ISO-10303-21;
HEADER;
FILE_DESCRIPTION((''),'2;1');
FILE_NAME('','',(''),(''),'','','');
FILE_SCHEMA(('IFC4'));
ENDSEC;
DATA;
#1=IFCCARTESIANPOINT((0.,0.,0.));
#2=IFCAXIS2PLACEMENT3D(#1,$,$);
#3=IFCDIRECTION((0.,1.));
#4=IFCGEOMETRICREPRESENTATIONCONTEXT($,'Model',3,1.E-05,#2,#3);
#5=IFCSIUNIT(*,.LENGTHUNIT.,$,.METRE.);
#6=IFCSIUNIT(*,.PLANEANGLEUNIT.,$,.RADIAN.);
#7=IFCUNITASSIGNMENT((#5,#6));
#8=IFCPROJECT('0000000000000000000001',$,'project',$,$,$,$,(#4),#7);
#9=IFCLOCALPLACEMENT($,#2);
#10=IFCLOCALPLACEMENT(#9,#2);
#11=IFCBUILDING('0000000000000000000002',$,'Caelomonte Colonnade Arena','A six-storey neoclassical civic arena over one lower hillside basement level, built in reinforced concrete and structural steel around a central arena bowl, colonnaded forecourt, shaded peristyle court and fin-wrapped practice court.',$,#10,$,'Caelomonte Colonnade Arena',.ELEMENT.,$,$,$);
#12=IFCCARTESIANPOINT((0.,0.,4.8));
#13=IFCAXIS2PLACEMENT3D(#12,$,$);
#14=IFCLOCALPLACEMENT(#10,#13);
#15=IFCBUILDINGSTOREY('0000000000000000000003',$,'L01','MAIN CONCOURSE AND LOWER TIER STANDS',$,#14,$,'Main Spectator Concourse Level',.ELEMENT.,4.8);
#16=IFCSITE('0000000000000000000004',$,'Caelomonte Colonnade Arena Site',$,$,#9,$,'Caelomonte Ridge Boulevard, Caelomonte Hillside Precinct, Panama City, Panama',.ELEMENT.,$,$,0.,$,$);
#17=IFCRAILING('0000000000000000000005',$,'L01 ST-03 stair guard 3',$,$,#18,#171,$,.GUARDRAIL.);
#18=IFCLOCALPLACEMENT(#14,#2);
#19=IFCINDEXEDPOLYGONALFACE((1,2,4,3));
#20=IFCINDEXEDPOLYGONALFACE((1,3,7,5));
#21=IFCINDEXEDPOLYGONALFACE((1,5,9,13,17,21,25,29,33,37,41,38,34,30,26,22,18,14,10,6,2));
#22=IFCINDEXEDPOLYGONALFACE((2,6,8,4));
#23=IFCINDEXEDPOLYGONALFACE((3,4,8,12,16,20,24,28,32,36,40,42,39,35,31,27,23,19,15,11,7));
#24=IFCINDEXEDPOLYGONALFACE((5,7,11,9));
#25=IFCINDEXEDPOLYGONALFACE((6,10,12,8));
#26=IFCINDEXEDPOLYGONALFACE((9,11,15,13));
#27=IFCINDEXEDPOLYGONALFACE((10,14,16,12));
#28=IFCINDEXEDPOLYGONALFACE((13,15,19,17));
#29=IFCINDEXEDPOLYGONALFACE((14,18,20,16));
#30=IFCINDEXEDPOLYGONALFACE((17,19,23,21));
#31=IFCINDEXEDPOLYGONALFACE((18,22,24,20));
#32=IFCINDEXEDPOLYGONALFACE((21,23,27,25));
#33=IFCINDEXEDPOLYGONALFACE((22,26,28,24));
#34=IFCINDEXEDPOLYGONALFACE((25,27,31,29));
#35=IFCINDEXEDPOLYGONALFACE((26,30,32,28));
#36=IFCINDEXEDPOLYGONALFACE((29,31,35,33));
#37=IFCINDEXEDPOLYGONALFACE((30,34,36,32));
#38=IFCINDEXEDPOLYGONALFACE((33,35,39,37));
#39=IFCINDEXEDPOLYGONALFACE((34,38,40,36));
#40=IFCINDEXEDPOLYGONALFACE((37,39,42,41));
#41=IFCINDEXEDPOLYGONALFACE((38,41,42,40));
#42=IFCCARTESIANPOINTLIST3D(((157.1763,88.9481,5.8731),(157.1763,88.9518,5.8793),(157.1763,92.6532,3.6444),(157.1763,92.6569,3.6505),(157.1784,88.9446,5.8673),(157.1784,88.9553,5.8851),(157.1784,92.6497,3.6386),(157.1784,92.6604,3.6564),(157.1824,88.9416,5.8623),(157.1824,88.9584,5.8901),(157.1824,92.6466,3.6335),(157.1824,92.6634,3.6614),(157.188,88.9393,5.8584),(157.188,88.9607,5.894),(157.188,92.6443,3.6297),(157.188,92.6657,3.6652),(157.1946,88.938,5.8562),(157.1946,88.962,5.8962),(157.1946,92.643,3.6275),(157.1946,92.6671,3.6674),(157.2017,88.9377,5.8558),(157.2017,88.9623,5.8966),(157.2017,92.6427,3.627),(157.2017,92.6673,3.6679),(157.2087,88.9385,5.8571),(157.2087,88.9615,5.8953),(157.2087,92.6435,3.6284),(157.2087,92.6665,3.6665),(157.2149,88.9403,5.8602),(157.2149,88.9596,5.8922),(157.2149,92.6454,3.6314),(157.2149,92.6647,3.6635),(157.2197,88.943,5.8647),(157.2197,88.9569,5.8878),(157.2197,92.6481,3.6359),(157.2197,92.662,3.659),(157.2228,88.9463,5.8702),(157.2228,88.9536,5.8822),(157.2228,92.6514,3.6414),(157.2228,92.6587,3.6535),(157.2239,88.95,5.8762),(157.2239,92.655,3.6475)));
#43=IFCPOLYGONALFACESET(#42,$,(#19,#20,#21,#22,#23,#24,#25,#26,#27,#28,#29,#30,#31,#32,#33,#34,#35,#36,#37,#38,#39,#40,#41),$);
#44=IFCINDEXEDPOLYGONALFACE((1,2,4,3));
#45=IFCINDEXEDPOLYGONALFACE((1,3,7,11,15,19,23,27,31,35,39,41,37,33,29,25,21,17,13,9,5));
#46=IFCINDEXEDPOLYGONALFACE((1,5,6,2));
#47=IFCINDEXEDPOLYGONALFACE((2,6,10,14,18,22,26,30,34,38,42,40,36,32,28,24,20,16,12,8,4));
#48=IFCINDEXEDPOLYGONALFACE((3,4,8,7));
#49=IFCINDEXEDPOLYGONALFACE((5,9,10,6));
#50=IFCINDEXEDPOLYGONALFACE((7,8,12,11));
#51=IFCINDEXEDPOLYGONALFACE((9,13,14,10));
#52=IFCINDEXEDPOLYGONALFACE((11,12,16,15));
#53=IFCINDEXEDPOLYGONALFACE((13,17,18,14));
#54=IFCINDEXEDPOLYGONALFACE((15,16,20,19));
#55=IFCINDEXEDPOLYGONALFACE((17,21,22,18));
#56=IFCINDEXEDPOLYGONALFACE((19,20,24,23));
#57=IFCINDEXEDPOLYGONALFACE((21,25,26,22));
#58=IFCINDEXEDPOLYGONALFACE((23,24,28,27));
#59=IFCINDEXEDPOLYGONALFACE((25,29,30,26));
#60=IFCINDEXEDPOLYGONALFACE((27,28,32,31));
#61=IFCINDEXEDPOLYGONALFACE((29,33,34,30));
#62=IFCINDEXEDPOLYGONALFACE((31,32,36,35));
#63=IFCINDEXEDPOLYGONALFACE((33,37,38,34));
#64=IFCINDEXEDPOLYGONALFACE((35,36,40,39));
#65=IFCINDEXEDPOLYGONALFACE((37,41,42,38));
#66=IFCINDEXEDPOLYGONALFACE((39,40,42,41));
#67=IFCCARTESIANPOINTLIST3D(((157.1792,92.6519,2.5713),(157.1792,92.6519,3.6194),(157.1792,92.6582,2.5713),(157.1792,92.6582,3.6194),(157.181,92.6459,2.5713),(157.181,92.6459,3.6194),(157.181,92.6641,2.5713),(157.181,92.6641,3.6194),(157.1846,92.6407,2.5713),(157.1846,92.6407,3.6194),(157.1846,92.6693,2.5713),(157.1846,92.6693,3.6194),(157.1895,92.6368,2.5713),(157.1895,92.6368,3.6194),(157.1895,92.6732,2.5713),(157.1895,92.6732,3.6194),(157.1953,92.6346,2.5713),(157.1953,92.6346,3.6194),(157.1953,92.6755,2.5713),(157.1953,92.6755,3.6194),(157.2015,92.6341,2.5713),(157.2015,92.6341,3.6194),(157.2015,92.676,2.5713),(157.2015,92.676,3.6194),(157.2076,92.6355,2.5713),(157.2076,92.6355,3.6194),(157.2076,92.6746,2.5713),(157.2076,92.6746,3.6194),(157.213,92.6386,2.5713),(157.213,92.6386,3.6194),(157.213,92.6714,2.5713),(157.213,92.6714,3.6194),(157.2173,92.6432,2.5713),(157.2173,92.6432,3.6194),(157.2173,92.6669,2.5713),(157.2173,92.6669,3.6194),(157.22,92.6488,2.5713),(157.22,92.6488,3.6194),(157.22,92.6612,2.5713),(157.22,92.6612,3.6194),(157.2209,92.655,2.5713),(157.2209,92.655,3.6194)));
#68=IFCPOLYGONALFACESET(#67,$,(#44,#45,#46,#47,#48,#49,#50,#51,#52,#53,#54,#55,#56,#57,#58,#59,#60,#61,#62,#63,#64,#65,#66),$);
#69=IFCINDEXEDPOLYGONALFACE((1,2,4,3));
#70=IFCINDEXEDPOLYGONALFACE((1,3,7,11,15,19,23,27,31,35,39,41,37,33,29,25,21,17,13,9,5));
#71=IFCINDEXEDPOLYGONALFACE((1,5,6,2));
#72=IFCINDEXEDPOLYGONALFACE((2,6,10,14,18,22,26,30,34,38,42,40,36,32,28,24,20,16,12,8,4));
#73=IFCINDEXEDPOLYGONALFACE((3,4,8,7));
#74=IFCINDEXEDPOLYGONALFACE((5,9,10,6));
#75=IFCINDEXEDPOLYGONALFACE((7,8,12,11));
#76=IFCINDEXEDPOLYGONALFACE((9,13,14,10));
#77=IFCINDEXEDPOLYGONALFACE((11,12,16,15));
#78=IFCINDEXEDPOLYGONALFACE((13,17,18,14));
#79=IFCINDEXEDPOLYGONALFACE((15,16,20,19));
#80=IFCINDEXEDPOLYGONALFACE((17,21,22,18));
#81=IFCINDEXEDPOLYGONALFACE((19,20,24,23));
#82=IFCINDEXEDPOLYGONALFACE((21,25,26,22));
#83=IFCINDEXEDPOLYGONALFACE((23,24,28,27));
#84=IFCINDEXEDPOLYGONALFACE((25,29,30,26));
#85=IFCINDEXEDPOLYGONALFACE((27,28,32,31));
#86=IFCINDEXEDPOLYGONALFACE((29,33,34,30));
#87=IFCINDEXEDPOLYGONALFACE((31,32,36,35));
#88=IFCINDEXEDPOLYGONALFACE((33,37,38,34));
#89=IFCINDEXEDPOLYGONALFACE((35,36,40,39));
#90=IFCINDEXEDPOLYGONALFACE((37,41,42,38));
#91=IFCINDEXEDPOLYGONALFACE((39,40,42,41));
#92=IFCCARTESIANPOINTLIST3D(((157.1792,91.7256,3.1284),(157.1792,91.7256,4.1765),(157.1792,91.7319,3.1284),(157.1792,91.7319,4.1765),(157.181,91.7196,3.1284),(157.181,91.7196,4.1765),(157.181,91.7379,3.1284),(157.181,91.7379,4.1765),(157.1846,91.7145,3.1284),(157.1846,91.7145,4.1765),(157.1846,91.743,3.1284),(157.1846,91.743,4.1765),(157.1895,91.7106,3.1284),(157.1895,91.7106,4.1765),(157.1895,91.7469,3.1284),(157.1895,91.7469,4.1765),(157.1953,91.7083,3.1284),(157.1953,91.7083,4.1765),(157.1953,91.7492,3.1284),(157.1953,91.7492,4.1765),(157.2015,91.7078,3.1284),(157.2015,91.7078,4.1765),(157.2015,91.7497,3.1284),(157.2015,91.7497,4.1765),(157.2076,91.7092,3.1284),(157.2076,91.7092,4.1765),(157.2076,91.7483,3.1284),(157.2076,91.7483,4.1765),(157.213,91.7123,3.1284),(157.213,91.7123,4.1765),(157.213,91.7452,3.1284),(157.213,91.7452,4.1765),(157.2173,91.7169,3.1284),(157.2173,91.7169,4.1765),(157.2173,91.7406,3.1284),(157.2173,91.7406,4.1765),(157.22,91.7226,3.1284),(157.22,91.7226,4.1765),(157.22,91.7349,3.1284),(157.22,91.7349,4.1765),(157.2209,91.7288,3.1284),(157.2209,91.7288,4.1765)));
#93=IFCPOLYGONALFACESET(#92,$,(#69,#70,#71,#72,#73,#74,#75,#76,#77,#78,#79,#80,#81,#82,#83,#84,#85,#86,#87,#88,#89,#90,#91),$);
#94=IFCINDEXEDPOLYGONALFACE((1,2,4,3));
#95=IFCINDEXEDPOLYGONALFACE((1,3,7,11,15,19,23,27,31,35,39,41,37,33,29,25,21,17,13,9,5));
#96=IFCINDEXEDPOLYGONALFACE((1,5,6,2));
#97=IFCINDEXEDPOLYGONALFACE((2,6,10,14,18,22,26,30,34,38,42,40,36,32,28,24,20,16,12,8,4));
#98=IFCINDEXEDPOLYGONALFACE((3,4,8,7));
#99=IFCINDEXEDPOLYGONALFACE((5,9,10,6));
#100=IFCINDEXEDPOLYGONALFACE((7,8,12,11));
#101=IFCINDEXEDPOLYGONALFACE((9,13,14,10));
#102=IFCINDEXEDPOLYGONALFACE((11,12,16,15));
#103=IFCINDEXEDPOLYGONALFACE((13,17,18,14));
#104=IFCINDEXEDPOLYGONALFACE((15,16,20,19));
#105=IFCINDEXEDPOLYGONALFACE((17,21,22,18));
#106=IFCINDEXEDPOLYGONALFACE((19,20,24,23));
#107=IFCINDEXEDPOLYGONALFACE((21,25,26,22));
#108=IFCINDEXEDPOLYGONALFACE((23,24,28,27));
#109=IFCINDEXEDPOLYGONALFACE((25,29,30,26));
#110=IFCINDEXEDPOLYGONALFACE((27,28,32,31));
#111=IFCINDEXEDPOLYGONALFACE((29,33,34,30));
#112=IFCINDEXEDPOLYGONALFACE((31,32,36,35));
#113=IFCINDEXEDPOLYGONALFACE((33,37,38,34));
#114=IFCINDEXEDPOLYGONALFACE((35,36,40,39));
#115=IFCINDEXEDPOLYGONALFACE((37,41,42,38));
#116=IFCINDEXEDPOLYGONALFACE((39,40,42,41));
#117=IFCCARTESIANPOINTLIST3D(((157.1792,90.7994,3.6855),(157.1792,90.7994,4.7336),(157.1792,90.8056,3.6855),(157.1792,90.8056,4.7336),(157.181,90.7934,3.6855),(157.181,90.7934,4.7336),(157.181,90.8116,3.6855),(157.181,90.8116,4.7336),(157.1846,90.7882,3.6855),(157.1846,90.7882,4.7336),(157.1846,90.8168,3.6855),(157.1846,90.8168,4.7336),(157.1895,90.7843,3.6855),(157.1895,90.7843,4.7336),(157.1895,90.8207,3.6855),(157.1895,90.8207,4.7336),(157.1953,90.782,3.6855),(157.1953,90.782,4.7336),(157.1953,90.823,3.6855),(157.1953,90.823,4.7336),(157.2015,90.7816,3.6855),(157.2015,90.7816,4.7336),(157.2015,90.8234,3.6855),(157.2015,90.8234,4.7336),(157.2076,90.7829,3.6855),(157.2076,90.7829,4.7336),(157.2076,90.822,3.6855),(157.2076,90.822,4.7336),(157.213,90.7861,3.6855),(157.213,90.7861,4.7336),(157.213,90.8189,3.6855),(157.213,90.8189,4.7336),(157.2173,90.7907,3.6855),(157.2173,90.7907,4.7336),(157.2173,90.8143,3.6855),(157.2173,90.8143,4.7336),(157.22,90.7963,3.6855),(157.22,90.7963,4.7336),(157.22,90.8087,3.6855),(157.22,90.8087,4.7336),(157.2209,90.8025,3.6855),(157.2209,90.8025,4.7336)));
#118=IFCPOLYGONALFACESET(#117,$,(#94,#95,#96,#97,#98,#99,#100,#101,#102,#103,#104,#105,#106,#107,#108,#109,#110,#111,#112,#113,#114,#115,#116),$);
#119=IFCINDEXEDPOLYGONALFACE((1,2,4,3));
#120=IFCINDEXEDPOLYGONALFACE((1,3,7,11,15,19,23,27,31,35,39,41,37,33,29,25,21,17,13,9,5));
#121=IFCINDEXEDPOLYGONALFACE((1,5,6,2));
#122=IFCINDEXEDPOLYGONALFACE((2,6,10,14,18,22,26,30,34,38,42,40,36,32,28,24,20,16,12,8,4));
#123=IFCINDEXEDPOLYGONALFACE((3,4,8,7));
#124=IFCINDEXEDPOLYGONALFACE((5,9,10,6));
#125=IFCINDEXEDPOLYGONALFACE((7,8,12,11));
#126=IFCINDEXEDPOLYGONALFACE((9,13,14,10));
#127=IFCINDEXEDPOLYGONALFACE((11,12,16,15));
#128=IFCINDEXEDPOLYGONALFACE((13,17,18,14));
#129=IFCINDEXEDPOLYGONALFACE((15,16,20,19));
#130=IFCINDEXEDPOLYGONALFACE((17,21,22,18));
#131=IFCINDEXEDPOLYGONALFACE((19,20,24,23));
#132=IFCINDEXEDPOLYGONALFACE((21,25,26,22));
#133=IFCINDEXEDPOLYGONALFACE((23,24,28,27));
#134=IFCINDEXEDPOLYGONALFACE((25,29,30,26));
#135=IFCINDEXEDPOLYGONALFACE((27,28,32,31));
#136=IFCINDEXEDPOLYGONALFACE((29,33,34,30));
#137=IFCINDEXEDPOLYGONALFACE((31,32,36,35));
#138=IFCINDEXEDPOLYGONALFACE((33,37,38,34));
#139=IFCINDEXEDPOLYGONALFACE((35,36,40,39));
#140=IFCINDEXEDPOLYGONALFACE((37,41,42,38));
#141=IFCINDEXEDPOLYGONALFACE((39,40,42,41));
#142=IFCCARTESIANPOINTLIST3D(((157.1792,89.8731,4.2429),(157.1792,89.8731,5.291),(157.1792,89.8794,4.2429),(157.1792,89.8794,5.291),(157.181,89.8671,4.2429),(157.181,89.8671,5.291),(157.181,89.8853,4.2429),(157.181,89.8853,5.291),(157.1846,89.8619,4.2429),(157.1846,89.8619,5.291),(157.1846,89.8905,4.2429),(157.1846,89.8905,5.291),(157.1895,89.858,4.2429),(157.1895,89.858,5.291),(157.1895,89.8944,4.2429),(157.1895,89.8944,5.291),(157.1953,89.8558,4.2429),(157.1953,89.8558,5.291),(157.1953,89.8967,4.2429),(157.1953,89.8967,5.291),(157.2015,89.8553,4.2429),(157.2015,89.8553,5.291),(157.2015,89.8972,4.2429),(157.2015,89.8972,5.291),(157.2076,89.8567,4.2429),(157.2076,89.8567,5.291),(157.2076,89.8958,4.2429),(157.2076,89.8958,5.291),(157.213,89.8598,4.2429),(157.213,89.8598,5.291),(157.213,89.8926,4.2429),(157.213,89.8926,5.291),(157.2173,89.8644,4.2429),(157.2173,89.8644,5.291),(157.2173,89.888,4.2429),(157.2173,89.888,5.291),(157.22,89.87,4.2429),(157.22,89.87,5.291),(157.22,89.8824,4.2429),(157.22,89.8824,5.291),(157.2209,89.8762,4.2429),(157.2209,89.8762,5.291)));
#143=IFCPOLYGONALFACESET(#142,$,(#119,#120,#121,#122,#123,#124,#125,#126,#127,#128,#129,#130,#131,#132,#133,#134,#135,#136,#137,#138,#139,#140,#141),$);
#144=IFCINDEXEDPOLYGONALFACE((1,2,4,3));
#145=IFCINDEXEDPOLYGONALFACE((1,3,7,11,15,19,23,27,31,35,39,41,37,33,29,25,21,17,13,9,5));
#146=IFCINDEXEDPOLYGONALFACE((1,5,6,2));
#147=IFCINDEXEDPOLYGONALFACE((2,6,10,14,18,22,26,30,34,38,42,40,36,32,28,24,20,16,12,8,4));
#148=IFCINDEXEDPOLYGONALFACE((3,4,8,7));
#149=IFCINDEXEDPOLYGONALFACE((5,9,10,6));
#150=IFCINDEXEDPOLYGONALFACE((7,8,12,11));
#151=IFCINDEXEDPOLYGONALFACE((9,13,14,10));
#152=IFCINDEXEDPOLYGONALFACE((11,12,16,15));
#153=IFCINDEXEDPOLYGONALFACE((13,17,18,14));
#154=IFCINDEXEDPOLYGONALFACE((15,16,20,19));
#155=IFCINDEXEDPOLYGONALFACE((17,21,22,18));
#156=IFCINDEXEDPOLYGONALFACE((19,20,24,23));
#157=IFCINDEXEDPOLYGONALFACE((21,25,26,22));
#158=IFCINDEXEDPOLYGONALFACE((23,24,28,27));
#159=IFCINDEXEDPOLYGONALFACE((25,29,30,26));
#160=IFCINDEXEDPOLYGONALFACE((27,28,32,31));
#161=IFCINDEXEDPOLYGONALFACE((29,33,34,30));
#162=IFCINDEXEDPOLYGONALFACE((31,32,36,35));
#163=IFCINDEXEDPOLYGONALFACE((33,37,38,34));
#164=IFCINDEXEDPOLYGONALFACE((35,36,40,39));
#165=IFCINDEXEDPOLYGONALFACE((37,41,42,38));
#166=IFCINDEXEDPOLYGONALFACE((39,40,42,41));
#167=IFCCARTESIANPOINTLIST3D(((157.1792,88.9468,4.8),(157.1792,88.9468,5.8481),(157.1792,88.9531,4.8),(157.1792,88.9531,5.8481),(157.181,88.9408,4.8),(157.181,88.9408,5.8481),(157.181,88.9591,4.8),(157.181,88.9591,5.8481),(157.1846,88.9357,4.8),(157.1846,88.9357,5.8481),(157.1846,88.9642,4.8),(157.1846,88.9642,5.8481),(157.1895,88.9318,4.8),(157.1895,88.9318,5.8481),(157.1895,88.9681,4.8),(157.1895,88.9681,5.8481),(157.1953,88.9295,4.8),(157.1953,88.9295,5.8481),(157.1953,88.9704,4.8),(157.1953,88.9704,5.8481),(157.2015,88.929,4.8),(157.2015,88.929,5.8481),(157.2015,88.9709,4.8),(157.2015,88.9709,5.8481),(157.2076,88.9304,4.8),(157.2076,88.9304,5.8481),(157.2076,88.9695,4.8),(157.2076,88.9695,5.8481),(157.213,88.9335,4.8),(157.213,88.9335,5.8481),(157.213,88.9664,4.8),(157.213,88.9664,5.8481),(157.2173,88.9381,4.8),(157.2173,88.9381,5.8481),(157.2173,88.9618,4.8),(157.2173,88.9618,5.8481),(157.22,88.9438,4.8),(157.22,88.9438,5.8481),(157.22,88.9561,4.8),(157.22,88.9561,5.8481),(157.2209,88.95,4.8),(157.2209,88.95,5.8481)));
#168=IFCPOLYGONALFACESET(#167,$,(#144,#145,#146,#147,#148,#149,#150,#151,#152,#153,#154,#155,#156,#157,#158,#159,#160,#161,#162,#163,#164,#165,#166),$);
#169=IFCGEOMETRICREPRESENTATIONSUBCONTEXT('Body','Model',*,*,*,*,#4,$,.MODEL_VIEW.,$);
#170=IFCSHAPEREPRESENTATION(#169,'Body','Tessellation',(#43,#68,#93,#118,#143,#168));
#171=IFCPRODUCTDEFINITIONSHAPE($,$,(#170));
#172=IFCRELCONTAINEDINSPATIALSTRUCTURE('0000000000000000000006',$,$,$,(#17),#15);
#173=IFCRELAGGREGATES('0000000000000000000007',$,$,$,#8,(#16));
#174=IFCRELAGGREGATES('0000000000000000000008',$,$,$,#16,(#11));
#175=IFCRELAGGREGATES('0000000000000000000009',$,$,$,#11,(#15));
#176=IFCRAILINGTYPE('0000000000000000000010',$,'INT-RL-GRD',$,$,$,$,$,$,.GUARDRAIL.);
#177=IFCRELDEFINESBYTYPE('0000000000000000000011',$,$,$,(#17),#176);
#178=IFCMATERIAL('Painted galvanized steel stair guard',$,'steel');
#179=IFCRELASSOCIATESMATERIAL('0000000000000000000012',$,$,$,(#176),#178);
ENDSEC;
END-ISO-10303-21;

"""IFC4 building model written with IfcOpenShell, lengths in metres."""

from ifc_helpers import new_model, si_unit, direction, frame, origin, origin_2d, place, context, subcontext, project, spatial, circle, extrude, material, type_object, element, save


model = new_model("IFC4")

# Units and contexts
model_context = context("Model", 3, precision=1e-05, world=origin(), true_north=direction((0.0, 1.0)))
body_context = subcontext(model_context, "Body", "Model", "MODEL_VIEW")
ifc_project = project(units=[si_unit("LENGTHUNIT", "METRE"), si_unit("PLANEANGLEUNIT", "RADIAN")], contexts=[model_context])

# Site, building, storey
site_placement = place(None, origin())
site = spatial("IfcSite", under=ifc_project, at=site_placement, Name="Caelomonte Colonnade Arena Site", LongName="Caelomonte Ridge Boulevard, Caelomonte Hillside Precinct, Panama City, Panama", CompositionType="ELEMENT", RefElevation=0.0)
building_placement = place(site_placement, origin())
building = spatial("IfcBuilding", under=site, at=building_placement, Name="Caelomonte Colonnade Arena", Description="A six-storey neoclassical civic arena over one lower hillside basement level, built in reinforced concrete and structural steel around a central arena bowl, colonnaded forecourt, shaded peristyle court and fin-wrapped practice court.", LongName="Caelomonte Colonnade Arena", CompositionType="ELEMENT")
storey_placement = place(building_placement, frame((0.0, 0.0, 4.8)))
storey = spatial("IfcBuildingStorey", under=building, at=storey_placement, Name="L01", Description="MAIN CONCOURSE AND LOWER TIER STANDS", LongName="Main Spectator Concourse Level", CompositionType="ELEMENT", Elevation=4.8)

# Railing
ifc_material_1 = material(Name="Painted galvanized steel stair guard", Category="steel")
railing_type_1 = type_object("IfcRailingType", Name="INT-RL-GRD", PredefinedType="GUARDRAIL", material=ifc_material_1)
railing_1_placement = place(storey_placement, frame((157.2, 92.655, 2.5713)))
element("IfcRailing", 1, at=railing_1_placement, inside=storey, type_object=railing_type_1, Name="L01 ST-03 stair guard 3", PredefinedType="GUARDRAIL", context=body_context, shape_type="SweptSolid", body=[
    extrude(circle(Radius=0.0239, at=origin_2d()), frame((0.0, 0.0, 1.0762), z_axis=(0.0, -0.856909, 0.515467), x_axis=(1.0, 0.0, 0.0)), (0.0, 0.0, 1.0), 4.3237),
    extrude(circle(Radius=0.021, at=origin_2d()), origin(), (0.0, 0.0, 1.0), 1.0481),
    extrude(circle(Radius=0.021, at=origin_2d()), frame((0.0, -0.9263, 0.5571)), (0.0, 0.0, 1.0), 1.0481),
    extrude(circle(Radius=0.021, at=origin_2d()), frame((0.0, -1.8525, 1.1143)), (0.0, 0.0, 1.0), 1.0481),
    extrude(circle(Radius=0.021, at=origin_2d()), frame((0.0, -2.7788, 1.6716)), (0.0, 0.0, 1.0), 1.0481),
    extrude(circle(Radius=0.021, at=origin_2d()), frame((0.0, -3.7051, 2.2288)), (0.0, 0.0, 1.0), 1.0481),
])

save(model, "model.ifc")
